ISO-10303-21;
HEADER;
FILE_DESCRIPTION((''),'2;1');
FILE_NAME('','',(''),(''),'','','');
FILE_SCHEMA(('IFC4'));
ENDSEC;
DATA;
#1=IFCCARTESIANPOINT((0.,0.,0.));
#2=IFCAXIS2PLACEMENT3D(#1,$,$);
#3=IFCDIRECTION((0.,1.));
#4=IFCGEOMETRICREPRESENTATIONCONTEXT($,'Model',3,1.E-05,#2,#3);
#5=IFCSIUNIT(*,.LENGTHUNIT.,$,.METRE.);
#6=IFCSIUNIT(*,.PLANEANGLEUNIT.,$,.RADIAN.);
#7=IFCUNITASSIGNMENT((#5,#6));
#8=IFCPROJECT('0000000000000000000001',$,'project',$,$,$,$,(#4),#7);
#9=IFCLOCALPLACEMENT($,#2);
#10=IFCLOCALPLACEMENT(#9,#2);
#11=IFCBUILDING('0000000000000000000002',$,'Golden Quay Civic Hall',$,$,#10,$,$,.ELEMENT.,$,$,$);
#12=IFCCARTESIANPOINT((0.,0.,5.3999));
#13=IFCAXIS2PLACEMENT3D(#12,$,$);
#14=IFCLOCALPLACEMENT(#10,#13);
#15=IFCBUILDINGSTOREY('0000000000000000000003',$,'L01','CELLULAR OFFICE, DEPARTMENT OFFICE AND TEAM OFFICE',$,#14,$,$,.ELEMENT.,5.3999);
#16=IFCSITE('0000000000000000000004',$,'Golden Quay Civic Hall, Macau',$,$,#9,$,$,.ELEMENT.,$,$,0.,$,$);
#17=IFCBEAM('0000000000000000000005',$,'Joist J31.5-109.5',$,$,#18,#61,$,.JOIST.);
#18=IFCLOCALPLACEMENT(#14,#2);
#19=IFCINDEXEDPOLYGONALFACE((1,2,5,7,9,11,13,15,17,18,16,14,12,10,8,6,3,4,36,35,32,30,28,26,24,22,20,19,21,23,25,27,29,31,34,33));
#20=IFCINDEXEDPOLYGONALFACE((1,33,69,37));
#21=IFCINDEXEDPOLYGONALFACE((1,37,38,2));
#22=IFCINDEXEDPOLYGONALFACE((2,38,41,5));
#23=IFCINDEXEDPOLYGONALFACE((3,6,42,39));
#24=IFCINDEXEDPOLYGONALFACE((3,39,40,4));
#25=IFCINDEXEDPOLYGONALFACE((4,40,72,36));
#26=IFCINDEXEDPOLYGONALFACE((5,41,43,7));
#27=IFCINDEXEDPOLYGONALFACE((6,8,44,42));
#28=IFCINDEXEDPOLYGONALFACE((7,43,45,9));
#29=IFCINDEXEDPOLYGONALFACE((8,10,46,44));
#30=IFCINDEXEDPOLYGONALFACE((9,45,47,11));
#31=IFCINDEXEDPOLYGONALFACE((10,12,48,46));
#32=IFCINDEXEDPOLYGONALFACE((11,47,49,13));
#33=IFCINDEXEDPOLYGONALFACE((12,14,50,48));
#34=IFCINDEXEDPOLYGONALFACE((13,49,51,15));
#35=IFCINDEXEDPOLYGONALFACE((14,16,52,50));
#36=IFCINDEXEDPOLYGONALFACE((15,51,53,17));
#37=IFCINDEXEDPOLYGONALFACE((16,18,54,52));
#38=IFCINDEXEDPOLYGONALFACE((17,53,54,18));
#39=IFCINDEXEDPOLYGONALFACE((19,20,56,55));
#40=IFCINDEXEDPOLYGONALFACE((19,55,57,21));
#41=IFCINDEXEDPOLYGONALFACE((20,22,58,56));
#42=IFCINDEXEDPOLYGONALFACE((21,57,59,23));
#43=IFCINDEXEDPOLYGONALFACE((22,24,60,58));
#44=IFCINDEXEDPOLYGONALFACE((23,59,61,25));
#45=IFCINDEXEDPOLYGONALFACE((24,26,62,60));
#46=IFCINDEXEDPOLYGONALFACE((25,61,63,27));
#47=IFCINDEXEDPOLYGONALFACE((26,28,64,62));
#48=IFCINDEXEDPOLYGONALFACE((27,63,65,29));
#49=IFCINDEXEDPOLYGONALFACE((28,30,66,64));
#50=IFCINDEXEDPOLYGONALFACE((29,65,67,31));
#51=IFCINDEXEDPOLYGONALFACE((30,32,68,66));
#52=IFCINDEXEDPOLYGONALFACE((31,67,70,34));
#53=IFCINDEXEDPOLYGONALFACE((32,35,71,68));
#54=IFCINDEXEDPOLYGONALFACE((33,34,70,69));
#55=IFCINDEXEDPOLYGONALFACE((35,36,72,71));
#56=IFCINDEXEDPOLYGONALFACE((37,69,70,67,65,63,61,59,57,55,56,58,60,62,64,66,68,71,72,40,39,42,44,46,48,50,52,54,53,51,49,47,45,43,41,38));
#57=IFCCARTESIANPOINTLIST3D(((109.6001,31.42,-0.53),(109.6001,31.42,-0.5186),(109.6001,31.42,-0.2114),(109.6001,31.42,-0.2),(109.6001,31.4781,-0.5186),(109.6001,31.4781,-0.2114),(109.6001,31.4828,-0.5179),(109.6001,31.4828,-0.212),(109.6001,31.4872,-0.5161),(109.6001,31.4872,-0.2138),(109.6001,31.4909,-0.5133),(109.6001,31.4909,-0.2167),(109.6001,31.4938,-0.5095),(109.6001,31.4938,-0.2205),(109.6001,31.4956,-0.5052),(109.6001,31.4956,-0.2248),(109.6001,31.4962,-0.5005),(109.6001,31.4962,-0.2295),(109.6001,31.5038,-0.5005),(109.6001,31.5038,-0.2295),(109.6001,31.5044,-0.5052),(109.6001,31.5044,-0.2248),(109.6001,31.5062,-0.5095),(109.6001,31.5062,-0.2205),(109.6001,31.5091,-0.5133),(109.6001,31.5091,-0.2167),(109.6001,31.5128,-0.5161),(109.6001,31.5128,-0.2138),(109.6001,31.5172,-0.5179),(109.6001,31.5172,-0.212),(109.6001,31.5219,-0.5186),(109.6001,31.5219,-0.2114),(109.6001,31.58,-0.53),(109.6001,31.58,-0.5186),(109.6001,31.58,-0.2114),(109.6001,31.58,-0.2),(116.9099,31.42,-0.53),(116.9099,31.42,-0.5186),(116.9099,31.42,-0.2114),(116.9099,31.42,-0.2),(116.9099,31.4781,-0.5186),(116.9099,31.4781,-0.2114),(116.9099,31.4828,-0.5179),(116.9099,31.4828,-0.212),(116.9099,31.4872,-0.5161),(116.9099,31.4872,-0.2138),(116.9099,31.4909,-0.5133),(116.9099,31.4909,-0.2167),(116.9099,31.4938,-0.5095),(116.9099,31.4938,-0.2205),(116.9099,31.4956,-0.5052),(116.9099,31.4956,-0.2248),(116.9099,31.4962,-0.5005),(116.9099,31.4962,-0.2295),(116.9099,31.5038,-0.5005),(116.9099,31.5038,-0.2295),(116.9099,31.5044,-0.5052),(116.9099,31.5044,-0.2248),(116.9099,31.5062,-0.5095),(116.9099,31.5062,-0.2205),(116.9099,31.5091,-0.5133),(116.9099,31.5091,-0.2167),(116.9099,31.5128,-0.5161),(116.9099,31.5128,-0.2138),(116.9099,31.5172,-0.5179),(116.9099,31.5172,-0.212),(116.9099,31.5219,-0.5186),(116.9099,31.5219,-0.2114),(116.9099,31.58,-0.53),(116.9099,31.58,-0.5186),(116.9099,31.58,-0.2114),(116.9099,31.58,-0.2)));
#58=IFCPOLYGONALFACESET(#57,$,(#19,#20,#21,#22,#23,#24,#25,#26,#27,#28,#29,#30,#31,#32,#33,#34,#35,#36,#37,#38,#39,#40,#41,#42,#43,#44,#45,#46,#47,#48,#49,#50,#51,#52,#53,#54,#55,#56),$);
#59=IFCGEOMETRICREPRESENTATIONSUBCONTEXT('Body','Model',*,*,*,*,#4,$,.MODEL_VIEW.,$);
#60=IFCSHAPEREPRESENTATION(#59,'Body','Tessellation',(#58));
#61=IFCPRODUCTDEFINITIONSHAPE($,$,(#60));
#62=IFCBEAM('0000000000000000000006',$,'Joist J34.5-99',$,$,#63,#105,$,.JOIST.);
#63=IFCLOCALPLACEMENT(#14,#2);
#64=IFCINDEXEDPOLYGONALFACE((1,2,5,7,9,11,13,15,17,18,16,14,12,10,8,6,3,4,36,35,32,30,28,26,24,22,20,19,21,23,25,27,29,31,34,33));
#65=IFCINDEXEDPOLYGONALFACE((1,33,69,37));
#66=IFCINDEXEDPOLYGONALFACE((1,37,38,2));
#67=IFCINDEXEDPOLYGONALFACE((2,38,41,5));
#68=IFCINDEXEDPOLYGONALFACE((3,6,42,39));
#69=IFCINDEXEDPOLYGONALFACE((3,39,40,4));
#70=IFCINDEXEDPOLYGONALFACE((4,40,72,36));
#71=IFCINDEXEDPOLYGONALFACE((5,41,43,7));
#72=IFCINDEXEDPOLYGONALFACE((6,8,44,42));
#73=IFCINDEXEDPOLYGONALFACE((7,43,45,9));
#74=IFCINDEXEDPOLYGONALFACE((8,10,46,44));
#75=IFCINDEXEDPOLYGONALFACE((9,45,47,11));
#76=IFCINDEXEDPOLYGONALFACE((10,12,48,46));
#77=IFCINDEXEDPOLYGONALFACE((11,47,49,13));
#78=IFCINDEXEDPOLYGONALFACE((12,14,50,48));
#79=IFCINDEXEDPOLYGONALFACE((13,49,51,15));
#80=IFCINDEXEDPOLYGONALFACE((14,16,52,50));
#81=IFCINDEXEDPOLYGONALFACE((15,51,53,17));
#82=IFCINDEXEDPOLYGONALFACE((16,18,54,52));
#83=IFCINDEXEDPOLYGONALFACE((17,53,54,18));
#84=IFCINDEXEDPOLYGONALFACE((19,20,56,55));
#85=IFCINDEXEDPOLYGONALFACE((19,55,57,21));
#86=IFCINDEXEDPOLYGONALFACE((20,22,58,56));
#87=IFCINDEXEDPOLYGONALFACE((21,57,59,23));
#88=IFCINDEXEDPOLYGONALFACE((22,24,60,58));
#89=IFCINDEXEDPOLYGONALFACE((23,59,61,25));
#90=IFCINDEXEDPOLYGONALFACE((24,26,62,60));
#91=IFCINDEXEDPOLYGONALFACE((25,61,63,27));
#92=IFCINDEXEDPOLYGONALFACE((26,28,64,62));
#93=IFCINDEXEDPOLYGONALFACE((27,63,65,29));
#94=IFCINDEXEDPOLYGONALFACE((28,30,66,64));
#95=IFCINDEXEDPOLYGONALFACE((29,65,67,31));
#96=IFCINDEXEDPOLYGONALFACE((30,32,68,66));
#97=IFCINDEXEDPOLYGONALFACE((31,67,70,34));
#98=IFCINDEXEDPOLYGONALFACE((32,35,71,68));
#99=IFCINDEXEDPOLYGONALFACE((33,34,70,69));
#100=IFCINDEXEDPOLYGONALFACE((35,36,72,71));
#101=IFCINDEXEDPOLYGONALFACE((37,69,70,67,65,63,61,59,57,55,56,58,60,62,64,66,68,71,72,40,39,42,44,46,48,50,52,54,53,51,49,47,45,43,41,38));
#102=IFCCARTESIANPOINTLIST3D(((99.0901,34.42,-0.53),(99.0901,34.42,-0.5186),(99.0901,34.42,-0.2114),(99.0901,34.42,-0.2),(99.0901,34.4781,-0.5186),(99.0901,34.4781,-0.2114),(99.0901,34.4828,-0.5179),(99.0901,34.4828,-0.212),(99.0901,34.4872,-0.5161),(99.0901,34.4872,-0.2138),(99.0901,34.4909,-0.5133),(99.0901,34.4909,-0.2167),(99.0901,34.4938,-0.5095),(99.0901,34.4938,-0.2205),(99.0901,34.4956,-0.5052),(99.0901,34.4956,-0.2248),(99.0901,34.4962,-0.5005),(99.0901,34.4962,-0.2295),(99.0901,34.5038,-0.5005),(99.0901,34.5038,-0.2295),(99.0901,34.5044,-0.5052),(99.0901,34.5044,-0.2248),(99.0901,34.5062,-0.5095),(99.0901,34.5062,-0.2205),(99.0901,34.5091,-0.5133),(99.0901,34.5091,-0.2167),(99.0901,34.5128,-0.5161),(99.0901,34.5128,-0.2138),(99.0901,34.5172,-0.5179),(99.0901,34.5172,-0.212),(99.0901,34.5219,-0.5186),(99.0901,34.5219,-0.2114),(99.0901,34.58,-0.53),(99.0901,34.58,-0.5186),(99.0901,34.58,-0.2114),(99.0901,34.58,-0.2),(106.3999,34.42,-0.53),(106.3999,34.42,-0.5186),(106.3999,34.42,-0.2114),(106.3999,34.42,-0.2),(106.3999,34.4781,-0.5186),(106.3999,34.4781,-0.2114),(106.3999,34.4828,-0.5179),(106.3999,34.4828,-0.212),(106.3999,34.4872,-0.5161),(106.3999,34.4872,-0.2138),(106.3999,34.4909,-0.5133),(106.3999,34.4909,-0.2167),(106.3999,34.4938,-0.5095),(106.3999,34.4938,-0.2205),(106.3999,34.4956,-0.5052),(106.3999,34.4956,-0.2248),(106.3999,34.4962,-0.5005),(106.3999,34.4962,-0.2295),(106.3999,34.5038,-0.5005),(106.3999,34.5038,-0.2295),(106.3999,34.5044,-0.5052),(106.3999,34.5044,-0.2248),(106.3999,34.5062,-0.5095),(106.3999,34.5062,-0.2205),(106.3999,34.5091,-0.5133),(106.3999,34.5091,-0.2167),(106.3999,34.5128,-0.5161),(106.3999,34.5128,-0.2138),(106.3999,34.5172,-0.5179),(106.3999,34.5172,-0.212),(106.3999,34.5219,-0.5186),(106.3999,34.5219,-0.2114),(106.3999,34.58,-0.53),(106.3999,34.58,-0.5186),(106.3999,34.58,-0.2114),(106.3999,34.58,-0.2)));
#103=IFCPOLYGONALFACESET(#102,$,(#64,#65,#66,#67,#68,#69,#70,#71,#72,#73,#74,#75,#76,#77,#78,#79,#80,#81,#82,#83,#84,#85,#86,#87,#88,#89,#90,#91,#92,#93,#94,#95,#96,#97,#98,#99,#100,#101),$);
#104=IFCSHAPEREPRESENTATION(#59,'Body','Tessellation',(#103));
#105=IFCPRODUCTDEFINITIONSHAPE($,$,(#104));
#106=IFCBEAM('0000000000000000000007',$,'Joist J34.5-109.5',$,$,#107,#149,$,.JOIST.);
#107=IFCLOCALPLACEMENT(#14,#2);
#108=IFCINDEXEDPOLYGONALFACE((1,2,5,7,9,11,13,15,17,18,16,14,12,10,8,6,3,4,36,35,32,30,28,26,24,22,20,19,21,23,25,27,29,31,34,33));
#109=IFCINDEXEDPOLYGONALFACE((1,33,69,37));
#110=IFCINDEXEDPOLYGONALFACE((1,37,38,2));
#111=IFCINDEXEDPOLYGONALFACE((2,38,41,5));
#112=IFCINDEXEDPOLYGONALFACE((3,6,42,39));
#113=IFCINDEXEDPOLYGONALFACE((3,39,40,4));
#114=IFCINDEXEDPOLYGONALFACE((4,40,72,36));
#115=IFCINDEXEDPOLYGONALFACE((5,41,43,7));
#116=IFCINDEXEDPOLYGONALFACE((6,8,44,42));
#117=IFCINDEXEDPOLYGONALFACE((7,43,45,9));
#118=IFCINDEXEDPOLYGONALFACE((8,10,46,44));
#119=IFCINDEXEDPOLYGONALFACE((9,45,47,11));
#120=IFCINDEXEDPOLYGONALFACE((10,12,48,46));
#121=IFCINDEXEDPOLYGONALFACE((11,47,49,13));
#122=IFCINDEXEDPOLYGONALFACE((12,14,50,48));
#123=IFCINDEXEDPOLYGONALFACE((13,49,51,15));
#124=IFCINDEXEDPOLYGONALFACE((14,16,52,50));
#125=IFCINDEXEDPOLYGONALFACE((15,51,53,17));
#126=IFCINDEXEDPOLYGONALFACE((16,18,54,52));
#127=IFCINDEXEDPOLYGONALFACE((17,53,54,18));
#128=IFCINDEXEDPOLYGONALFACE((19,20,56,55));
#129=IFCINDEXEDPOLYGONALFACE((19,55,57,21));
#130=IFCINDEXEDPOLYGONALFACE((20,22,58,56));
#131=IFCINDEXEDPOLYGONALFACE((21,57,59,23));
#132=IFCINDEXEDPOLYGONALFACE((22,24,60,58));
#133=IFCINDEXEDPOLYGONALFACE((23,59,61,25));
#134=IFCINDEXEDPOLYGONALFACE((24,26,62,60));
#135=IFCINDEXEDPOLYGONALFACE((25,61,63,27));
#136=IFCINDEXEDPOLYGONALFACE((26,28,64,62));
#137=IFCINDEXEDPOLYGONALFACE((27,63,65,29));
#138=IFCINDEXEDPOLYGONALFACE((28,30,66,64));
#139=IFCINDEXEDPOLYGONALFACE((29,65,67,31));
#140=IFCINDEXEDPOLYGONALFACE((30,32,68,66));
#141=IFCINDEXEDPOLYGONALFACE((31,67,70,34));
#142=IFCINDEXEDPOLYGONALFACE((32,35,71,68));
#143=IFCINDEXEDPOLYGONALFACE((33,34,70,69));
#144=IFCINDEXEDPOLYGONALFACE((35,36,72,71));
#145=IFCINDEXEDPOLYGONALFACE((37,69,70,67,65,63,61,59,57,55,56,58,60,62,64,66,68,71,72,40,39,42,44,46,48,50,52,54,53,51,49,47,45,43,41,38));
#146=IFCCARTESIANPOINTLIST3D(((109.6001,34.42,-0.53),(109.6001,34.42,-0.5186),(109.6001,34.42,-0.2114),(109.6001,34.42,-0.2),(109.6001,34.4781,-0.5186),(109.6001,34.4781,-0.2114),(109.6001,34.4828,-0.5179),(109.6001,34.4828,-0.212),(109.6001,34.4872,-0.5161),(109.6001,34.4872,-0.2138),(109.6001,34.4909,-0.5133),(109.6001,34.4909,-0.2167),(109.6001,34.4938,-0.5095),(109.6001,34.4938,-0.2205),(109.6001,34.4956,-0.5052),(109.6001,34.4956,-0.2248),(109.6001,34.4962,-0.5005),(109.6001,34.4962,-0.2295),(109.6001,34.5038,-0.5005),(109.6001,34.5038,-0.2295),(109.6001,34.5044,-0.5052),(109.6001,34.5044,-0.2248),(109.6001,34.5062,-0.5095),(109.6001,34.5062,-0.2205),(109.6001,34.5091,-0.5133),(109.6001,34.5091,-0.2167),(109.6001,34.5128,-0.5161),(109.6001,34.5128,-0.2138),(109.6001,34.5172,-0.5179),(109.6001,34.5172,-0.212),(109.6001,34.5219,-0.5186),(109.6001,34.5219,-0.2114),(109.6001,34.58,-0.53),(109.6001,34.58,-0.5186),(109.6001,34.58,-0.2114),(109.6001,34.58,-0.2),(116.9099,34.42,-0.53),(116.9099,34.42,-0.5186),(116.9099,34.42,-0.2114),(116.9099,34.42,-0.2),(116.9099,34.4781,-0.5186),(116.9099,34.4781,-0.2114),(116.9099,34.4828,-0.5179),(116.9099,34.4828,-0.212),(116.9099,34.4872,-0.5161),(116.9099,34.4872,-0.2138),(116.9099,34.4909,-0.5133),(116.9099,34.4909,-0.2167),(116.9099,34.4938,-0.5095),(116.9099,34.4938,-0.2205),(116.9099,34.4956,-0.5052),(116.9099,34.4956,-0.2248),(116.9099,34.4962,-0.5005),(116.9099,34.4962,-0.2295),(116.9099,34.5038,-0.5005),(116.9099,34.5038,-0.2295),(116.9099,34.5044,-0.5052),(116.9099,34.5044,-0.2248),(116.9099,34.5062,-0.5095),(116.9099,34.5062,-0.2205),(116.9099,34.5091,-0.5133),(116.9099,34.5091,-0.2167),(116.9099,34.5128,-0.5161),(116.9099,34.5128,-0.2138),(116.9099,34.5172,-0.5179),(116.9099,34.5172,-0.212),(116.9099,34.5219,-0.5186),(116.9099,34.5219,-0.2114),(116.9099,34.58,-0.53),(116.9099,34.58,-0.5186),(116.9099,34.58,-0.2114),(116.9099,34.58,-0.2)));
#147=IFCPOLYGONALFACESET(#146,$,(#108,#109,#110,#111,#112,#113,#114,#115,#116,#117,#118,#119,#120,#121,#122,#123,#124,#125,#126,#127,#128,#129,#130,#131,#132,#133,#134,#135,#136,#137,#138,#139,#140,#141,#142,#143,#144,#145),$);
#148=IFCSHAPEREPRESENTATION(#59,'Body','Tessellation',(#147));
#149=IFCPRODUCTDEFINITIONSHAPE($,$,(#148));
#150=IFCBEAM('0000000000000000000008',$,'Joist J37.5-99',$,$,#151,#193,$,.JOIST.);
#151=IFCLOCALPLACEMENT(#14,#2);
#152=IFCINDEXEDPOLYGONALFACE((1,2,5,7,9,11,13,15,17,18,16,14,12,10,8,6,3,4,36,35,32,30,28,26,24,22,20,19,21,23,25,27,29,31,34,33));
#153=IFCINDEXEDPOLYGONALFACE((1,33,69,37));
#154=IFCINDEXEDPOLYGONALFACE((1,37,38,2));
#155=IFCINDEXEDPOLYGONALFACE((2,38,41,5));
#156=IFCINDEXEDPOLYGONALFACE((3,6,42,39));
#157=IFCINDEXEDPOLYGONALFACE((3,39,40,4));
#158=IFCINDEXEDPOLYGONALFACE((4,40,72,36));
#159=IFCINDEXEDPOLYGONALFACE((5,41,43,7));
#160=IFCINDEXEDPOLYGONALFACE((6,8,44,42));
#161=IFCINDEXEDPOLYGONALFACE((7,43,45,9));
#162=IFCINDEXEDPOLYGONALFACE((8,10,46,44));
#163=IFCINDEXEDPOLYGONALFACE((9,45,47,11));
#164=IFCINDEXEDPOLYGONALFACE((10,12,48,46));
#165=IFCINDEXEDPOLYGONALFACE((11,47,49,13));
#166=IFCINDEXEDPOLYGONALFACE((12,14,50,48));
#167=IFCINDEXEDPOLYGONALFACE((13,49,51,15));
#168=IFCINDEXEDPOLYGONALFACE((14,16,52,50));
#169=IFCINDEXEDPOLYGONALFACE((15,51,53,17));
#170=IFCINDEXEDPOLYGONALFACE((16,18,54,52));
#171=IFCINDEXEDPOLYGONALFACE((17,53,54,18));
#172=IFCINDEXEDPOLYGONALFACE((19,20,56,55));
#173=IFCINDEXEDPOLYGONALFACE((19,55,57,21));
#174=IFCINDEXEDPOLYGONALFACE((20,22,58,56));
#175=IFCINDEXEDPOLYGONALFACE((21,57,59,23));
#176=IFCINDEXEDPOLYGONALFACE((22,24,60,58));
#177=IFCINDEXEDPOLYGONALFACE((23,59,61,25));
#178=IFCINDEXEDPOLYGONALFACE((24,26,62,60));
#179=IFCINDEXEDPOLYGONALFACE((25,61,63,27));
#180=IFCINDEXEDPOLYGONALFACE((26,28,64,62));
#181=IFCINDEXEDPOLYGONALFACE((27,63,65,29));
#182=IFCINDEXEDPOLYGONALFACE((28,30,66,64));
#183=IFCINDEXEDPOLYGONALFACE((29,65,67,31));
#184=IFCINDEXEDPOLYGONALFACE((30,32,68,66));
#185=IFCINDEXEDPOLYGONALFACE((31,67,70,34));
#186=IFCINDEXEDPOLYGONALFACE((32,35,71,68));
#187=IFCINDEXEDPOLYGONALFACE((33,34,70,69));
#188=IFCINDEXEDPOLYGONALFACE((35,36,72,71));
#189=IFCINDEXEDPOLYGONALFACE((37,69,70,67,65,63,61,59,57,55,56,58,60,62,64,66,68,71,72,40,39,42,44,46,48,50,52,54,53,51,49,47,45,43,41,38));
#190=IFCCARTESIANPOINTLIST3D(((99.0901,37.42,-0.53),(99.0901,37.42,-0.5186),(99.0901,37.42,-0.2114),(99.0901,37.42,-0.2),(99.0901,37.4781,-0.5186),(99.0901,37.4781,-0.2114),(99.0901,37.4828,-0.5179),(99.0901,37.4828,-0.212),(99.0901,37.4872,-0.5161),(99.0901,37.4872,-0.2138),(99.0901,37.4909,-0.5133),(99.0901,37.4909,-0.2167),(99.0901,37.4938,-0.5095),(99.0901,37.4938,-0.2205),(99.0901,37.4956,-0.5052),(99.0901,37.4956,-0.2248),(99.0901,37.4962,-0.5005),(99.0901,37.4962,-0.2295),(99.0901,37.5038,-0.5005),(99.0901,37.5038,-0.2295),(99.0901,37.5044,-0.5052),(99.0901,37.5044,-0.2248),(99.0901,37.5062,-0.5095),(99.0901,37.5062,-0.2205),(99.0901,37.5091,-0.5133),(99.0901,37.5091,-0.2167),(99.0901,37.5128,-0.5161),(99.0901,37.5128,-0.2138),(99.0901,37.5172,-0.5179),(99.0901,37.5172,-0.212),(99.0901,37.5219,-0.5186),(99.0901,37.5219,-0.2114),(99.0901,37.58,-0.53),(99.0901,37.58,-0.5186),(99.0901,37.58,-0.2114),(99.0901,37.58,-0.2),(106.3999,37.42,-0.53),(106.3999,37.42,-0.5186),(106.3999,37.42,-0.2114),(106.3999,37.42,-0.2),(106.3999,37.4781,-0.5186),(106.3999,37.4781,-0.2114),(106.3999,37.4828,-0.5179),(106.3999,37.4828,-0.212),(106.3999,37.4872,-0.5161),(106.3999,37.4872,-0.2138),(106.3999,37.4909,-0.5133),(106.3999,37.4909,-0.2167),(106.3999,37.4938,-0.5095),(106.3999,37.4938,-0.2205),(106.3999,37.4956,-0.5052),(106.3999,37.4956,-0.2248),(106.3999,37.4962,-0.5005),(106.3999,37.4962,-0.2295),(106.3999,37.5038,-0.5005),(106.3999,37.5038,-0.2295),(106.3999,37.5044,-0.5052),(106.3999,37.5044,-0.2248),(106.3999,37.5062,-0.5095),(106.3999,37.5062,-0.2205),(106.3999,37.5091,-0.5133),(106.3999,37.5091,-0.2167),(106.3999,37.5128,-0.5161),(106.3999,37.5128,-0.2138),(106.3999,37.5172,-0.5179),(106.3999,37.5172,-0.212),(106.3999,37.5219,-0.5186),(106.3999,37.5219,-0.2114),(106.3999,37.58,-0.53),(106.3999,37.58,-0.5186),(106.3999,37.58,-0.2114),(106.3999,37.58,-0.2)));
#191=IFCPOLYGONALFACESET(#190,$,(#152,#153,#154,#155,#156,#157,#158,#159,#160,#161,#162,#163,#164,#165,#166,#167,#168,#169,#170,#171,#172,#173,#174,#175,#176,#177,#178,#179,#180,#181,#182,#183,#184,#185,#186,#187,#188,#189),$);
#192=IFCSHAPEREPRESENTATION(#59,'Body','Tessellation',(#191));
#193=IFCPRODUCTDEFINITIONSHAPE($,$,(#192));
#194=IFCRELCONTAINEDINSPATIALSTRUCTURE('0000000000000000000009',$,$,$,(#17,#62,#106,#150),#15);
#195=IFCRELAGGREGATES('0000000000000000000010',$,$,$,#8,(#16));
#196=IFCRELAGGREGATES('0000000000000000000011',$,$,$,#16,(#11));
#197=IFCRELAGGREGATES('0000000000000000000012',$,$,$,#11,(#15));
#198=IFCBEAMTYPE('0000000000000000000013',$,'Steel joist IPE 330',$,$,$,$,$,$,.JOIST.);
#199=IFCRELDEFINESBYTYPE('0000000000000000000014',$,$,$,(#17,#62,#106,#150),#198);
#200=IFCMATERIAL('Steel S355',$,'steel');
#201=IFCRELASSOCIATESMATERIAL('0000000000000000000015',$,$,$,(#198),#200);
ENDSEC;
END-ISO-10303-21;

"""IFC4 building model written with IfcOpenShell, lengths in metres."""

from ifc_helpers import new_model, si_unit, direction, frame, origin, origin_2d, place, context, subcontext, project, spatial, i_section, extrude, material, material_profile, profile_set, type_object, element, save


model = new_model("IFC4")

# Units and contexts
model_context = context("Model", 3, precision=1e-05, world=origin(), true_north=direction((0.0, 1.0)))
body_context = subcontext(model_context, "Body", "Model", "MODEL_VIEW")
ifc_project = project(units=[si_unit("LENGTHUNIT", "METRE"), si_unit("PLANEANGLEUNIT", "RADIAN")], contexts=[model_context])

# Site, building, storey
site_placement = place(None, origin())
site = spatial("IfcSite", under=ifc_project, at=site_placement, Name="Golden Quay Civic Hall, Macau", CompositionType="ELEMENT", RefElevation=0.0)
building_placement = place(site_placement, origin())
building = spatial("IfcBuilding", under=site, at=building_placement, Name="Golden Quay Civic Hall", CompositionType="ELEMENT")
storey_placement = place(building_placement, frame((0.0, 0.0, 5.3999)))
storey = spatial("IfcBuildingStorey", under=building, at=storey_placement, Name="L01", Description="CELLULAR OFFICE, DEPARTMENT OFFICE AND TEAM OFFICE", CompositionType="ELEMENT", Elevation=5.3999)

# Beams
ifc_material_1 = material(Name="Steel S355", Category="steel")
ifc_material_profile_1 = material_profile(ifc_material_1, i_section(OverallWidth=0.1599, OverallDepth=0.3301, WebThickness=0.0076, FlangeThickness=0.0115, FilletRadius=0.0181, at=origin_2d()), Name="IPE 330")
ifc_profile_set_1 = profile_set([ifc_material_profile_1], Name="Steel S355")
beam_type_1 = type_object("IfcBeamType", Name="Steel joist IPE 330", PredefinedType="JOIST", material=ifc_profile_set_1)
for number, where, z_axis, x_axis, name in (
    (1, (109.6001, 31.5, -0.365), (1.0, 0.0, 0.0), (0.0, 1.0, 0.0), "Joist J31.5-109.5"),
    (2, (99.0901, 34.5, -0.365), (1.0, 0.0, 0.0), (0.0, 1.0, 0.0), "Joist J34.5-99"),
    (3, (109.6001, 34.5, -0.365), (1.0, 0.0, 0.0), (0.0, 1.0, 0.0), "Joist J34.5-109.5"),
    (4, (99.0901, 37.5, -0.365), (1.0, 0.0, 0.0), (0.0, 1.0, 0.0), "Joist J37.5-99"),
):
    element("IfcBeam", number, at=place(storey_placement, frame(where, z_axis=z_axis, x_axis=x_axis)), inside=storey, type_object=beam_type_1, Name=name, PredefinedType="JOIST", context=body_context, shape_type="SweptSolid", body=[
        extrude(i_section(OverallWidth=0.1599, OverallDepth=0.3301, WebThickness=0.0076, FlangeThickness=0.0115, FilletRadius=0.0181, at=origin_2d()), origin(), (0.0, 0.0, 1.0), 7.3098),
    ])

save(model, "model.ifc")
